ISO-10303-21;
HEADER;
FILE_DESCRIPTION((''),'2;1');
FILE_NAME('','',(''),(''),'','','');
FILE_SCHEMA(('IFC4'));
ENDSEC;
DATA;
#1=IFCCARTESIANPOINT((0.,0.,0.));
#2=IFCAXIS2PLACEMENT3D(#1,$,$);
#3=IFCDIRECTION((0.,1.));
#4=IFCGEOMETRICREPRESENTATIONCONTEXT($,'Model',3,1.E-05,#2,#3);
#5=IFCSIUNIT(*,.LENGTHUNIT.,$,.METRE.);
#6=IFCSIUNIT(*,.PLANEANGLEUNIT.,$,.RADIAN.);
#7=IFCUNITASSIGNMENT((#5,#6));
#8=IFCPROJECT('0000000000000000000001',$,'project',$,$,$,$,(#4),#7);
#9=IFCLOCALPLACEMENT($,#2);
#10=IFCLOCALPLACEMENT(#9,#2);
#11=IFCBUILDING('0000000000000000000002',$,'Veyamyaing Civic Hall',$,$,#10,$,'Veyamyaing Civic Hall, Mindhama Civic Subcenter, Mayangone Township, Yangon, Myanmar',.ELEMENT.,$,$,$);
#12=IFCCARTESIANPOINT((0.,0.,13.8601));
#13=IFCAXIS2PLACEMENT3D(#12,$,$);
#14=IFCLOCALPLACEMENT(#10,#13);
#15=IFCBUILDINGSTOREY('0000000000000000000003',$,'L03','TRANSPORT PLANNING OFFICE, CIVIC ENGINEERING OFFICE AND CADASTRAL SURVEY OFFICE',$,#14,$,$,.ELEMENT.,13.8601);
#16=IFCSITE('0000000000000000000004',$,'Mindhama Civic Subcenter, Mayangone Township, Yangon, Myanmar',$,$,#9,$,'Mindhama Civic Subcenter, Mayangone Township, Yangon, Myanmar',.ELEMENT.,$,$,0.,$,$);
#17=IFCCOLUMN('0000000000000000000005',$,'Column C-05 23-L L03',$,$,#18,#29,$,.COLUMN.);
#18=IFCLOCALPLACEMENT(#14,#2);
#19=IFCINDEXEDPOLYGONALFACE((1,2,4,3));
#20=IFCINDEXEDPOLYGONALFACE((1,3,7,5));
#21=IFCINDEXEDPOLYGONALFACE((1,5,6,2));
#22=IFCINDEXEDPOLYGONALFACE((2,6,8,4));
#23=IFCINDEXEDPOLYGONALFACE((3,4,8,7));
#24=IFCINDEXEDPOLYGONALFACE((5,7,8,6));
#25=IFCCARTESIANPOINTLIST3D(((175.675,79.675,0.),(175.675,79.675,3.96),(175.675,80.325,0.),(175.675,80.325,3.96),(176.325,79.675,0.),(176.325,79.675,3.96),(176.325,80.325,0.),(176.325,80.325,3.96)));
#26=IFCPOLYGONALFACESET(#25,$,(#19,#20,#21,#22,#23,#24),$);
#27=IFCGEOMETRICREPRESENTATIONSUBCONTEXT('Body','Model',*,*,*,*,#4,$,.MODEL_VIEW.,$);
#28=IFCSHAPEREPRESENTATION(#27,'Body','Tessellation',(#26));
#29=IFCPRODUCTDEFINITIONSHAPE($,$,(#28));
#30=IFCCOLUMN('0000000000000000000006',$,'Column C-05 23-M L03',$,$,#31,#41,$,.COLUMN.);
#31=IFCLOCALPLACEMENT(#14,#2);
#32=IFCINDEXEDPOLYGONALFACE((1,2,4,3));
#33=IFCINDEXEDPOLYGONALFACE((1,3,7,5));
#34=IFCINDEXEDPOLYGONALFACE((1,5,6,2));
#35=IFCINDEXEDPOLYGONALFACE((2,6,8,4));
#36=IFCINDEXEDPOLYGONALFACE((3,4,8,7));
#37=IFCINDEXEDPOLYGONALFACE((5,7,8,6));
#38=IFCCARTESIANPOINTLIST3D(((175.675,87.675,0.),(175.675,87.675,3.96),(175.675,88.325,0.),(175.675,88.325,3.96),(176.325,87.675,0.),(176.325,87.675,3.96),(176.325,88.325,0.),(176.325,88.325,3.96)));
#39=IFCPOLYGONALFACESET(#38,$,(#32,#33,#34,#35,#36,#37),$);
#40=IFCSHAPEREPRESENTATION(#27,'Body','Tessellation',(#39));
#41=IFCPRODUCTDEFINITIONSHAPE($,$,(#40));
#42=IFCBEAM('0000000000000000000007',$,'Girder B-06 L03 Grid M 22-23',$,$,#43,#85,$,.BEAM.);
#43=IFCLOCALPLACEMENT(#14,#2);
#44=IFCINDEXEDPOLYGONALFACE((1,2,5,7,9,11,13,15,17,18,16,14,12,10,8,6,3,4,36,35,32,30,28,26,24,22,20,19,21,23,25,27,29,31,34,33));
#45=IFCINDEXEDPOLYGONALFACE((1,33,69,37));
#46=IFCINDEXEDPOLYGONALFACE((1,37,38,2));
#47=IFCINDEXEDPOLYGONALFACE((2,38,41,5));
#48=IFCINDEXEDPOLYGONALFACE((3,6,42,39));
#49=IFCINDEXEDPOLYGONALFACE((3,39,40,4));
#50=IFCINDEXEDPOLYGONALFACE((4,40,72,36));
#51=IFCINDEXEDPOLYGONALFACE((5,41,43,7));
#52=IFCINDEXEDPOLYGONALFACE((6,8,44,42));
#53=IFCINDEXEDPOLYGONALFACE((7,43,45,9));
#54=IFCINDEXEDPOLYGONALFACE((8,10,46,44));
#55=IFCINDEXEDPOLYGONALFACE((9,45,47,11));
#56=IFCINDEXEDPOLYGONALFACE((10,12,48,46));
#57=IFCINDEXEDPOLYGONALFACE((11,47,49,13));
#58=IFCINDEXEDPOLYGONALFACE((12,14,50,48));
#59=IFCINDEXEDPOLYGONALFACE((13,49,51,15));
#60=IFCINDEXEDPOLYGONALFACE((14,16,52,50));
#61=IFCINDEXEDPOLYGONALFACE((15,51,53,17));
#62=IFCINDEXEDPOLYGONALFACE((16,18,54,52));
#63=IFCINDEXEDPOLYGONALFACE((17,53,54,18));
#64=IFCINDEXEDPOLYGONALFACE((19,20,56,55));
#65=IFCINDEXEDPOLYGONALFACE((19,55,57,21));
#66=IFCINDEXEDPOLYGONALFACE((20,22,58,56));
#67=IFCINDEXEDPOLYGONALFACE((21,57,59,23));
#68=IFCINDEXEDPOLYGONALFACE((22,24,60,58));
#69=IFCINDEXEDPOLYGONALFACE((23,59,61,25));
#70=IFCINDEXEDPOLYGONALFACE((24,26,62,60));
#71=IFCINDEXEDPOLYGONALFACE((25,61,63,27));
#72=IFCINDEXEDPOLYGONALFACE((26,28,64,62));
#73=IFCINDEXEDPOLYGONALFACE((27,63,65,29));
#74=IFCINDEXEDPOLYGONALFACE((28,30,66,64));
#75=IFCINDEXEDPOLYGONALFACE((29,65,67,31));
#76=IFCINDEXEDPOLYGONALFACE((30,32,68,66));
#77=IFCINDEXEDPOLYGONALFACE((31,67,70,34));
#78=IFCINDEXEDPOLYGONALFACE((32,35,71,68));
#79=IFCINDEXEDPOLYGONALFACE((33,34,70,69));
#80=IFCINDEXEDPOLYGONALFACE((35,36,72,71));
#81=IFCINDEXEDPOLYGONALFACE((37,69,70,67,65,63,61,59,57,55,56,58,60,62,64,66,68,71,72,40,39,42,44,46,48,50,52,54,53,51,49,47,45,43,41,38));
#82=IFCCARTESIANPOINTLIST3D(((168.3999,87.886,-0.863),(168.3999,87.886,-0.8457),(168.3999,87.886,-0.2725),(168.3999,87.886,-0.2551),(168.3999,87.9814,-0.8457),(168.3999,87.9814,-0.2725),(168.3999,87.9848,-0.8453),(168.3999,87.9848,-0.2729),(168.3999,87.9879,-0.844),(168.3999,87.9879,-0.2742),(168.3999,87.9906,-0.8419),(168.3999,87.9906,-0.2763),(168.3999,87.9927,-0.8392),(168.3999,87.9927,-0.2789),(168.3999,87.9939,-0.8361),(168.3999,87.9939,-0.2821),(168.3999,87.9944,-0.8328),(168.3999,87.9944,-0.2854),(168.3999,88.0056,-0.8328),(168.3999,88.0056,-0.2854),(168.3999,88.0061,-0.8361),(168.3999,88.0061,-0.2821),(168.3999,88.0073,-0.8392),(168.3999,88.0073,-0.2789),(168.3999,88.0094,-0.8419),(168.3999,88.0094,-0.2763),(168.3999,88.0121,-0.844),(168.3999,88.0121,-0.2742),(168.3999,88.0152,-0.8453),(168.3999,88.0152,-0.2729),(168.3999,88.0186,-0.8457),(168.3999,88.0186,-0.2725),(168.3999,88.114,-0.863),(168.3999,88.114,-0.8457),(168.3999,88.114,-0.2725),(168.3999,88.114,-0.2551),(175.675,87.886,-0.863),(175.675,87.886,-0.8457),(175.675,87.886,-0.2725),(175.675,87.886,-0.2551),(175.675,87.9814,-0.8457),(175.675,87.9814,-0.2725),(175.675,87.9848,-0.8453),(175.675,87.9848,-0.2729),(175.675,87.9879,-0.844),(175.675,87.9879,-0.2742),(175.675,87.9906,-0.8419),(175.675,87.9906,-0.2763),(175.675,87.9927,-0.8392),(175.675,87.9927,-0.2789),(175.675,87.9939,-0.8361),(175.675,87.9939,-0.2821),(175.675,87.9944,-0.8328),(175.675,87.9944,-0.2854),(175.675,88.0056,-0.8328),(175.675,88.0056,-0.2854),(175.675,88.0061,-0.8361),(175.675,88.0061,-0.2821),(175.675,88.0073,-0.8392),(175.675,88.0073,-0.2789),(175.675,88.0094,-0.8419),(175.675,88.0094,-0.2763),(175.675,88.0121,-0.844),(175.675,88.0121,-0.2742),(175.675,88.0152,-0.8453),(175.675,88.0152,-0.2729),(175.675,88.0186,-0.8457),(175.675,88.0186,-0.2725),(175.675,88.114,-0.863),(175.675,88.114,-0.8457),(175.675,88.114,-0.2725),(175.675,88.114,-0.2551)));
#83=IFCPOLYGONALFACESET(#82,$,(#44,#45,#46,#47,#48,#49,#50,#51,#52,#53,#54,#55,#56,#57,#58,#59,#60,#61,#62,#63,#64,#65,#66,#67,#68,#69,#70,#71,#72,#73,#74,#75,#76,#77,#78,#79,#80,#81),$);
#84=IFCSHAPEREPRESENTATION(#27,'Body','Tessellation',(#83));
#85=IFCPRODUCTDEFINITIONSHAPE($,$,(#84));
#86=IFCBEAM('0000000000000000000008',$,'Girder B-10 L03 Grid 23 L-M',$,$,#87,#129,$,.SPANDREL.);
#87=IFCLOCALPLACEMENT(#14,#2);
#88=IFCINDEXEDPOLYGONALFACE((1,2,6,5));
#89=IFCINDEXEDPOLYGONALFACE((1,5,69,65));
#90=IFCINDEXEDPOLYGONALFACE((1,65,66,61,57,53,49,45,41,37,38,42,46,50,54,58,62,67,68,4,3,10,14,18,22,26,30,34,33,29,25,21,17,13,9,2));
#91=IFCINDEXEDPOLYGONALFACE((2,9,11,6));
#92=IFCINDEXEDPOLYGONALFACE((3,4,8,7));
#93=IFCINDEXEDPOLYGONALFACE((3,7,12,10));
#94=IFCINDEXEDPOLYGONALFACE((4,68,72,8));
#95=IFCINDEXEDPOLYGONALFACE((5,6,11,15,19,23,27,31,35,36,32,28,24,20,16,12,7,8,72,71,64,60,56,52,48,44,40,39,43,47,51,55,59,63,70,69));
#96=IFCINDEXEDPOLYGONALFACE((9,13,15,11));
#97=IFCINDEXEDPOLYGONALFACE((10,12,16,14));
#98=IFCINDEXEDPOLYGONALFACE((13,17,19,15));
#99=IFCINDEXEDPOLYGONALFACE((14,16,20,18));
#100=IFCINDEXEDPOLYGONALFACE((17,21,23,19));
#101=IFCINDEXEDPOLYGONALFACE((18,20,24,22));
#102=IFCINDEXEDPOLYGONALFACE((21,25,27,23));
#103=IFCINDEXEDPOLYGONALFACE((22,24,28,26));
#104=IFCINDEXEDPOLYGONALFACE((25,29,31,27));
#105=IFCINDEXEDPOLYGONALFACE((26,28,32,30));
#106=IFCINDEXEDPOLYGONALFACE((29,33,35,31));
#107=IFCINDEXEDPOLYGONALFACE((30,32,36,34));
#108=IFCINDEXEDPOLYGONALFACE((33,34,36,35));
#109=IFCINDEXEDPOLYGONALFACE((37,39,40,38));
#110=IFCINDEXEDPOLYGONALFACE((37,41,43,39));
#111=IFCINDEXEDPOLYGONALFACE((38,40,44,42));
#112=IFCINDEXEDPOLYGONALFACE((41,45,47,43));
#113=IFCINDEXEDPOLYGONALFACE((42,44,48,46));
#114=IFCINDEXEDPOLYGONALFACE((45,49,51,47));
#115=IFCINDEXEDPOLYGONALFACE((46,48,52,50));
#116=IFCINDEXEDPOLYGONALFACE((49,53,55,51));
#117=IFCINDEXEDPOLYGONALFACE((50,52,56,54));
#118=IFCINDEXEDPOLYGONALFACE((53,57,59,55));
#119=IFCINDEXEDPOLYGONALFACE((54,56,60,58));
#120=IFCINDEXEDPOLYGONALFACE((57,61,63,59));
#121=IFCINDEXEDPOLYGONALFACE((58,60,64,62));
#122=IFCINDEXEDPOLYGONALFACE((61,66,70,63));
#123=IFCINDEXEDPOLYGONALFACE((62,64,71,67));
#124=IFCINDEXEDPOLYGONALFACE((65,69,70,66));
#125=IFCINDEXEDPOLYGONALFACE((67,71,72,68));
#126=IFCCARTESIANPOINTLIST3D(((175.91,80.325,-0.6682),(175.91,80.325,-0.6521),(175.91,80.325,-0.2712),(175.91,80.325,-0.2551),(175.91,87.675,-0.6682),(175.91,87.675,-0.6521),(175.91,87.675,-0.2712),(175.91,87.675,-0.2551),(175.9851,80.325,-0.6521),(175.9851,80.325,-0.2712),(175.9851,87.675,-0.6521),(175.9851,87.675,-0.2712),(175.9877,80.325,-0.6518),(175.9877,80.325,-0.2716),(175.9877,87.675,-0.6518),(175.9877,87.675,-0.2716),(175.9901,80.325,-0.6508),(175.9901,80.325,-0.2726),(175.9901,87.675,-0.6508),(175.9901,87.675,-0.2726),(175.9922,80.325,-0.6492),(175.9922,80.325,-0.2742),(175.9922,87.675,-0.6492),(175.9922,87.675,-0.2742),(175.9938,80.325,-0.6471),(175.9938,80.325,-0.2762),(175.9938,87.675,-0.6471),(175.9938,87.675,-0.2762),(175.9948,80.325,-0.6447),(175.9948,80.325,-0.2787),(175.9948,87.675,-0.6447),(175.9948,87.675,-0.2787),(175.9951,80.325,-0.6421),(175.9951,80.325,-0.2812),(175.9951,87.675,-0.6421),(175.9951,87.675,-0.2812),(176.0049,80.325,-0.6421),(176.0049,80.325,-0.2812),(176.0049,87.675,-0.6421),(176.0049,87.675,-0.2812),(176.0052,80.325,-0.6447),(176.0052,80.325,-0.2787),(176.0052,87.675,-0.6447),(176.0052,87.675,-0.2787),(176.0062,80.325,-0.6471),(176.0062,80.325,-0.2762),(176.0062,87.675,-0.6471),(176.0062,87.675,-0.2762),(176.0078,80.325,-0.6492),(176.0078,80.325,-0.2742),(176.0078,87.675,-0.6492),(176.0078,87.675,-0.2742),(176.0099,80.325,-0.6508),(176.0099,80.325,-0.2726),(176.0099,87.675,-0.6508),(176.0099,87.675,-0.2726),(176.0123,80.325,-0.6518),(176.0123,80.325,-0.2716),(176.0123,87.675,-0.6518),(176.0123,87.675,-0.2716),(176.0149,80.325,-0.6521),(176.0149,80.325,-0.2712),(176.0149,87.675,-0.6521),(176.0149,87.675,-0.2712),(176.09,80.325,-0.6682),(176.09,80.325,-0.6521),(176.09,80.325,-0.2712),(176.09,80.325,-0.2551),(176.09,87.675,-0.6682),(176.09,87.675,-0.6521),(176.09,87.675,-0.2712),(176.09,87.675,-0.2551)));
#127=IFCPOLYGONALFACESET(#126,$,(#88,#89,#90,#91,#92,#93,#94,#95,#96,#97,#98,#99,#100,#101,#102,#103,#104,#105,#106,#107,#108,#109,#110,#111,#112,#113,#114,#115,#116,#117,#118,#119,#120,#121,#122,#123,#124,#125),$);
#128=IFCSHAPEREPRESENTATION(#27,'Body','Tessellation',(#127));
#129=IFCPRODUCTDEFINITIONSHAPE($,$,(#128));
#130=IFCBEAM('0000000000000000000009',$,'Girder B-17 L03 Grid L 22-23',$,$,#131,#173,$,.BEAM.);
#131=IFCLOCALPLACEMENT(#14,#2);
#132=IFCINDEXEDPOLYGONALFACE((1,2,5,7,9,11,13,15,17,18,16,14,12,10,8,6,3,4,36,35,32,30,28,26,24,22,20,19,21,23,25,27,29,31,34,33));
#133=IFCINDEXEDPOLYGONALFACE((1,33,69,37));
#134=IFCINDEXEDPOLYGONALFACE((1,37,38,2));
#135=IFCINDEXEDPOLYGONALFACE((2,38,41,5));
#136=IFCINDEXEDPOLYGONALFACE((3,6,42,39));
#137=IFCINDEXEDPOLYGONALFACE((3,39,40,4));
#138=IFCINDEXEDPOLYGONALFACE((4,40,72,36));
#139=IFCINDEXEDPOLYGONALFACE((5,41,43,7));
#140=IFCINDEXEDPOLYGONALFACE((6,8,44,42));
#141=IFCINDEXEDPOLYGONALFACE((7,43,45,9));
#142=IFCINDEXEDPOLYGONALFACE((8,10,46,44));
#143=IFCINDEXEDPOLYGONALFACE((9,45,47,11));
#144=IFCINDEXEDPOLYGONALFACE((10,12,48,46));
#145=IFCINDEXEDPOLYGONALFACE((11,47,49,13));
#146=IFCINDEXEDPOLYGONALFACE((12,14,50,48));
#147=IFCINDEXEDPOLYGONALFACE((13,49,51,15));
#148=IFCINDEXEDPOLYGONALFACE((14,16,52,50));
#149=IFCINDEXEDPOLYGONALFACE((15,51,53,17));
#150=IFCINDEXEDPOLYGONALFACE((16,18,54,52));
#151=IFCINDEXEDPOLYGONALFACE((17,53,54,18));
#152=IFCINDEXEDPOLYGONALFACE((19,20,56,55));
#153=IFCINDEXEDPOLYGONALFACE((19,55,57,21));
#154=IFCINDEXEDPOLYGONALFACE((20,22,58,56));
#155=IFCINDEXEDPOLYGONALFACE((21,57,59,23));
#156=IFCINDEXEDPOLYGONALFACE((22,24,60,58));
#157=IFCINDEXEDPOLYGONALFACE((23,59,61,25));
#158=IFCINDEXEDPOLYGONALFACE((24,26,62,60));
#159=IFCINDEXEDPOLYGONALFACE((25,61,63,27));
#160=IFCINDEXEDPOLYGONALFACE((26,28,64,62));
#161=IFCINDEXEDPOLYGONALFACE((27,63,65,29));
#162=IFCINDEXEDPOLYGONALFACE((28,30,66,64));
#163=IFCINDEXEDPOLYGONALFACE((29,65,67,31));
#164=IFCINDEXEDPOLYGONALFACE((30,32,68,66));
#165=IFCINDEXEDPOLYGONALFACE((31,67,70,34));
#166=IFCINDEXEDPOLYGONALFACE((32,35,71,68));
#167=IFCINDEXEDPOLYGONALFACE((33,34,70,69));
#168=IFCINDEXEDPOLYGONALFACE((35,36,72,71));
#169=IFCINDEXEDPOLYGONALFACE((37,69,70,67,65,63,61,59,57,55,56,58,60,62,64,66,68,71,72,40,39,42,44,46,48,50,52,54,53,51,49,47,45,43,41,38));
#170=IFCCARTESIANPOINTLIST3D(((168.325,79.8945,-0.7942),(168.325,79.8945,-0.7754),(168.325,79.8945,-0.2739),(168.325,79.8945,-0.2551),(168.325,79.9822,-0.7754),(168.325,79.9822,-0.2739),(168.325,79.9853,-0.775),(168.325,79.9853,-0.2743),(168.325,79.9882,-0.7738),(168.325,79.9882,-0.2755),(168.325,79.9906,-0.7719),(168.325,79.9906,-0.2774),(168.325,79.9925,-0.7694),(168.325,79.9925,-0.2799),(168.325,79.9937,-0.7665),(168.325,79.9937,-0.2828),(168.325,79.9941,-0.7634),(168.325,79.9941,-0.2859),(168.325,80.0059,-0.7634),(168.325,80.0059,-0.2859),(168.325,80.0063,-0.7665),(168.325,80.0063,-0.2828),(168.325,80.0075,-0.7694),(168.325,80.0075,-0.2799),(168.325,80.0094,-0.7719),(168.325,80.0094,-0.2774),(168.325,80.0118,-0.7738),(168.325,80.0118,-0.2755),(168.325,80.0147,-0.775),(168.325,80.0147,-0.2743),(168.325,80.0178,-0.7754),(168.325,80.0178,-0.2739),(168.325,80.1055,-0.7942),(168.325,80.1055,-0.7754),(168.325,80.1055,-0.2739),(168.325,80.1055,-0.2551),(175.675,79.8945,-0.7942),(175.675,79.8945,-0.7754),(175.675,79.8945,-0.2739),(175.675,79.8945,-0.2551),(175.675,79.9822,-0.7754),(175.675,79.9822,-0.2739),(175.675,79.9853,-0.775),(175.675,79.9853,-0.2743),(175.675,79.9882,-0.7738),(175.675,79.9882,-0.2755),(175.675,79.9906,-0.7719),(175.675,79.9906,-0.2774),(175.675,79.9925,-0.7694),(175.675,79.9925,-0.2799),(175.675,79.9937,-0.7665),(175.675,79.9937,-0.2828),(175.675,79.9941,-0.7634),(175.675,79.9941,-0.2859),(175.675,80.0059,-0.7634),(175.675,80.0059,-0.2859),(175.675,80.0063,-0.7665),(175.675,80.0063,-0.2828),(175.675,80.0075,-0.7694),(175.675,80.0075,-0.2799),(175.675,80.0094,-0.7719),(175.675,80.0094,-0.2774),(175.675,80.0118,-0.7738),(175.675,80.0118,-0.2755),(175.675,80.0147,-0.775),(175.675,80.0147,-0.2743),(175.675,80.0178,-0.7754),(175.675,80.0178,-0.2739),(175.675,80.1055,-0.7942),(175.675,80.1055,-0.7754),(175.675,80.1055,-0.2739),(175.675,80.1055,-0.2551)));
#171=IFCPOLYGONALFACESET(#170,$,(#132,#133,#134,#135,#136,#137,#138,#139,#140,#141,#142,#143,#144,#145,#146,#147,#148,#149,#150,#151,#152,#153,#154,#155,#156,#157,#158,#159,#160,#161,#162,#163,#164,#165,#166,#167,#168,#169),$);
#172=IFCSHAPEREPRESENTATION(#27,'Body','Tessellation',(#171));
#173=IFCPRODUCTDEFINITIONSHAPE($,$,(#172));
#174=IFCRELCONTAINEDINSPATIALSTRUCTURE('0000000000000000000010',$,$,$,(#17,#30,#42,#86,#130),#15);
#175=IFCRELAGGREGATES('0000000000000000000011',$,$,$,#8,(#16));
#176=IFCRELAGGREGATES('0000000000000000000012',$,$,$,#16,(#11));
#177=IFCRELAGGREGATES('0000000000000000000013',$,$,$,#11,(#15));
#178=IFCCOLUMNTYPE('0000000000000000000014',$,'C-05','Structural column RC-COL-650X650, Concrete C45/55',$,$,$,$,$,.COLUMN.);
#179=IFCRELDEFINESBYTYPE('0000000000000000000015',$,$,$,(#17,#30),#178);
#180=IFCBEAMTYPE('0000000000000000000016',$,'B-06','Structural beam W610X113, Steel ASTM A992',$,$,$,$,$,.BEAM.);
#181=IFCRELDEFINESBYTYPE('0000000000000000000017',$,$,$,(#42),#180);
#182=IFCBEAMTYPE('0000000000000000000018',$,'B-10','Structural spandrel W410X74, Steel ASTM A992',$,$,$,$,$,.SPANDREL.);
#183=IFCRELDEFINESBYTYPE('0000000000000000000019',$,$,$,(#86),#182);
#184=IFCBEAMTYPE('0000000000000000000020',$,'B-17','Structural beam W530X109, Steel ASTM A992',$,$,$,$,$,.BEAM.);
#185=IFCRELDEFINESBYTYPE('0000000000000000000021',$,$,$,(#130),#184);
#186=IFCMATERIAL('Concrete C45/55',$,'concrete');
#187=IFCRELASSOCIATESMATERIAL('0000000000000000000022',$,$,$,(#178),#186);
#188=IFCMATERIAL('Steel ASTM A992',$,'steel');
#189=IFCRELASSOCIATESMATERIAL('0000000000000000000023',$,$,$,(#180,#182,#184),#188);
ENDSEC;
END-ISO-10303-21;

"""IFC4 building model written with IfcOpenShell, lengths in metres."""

from ifc_helpers import new_model, si_unit, direction, frame, origin, origin_2d, place, context, subcontext, project, spatial, rectangle, i_section, extrude, material, material_profile, profile_set, type_object, element, save


model = new_model("IFC4")

# Units and contexts
model_context = context("Model", 3, precision=1e-05, world=origin(), true_north=direction((0.0, 1.0)))
body_context = subcontext(model_context, "Body", "Model", "MODEL_VIEW")
ifc_project = project(units=[si_unit("LENGTHUNIT", "METRE"), si_unit("PLANEANGLEUNIT", "RADIAN")], contexts=[model_context])

# Site, building, storey
site_placement = place(None, origin())
site = spatial("IfcSite", under=ifc_project, at=site_placement, Name="Mindhama Civic Subcenter, Mayangone Township, Yangon, Myanmar", LongName="Mindhama Civic Subcenter, Mayangone Township, Yangon, Myanmar", CompositionType="ELEMENT", RefElevation=0.0)
building_placement = place(site_placement, origin())
building = spatial("IfcBuilding", under=site, at=building_placement, Name="Veyamyaing Civic Hall", LongName="Veyamyaing Civic Hall, Mindhama Civic Subcenter, Mayangone Township, Yangon, Myanmar", CompositionType="ELEMENT")
storey_placement = place(building_placement, frame((0.0, 0.0, 13.8601)))
storey = spatial("IfcBuildingStorey", under=building, at=storey_placement, Name="L03", Description="TRANSPORT PLANNING OFFICE, CIVIC ENGINEERING OFFICE AND CADASTRAL SURVEY OFFICE", CompositionType="ELEMENT", Elevation=13.8601)

# Columns
ifc_material_1 = material(Name="Concrete C45/55", Category="concrete")
ifc_material_profile_1 = material_profile(ifc_material_1, rectangle(XDim=0.6499, YDim=0.6499, at=origin_2d()), Name="RC-COL-650X650")
ifc_profile_set_1 = profile_set([ifc_material_profile_1], Name="Concrete C45/55")
column_type = type_object("IfcColumnType", Name="C-05", Description="Structural column RC-COL-650X650, Concrete C45/55", PredefinedType="COLUMN", material=ifc_profile_set_1)
for number, where, z_axis, x_axis, name in (
    (1, (176.0, 80.0, 0.0), (0.0, 0.0, 1.0), (1.0, 0.0, 0.0), "Column C-05 23-L L03"),
    (2, (176.0, 88.0, 0.0), (0.0, 0.0, 1.0), (1.0, 0.0, 0.0), "Column C-05 23-M L03"),
):
    element("IfcColumn", number, at=place(storey_placement, frame(where, z_axis=z_axis, x_axis=x_axis)), inside=storey, type_object=column_type, Name=name, PredefinedType="COLUMN", context=body_context, shape_type="SweptSolid", body=[
        extrude(rectangle(XDim=0.6499, YDim=0.6499, at=origin_2d()), origin(), (0.0, 0.0, 1.0), 3.96),
    ])

# Beams
ifc_material_2 = material(Name="Steel ASTM A992", Category="steel")
ifc_material_profile_2 = material_profile(ifc_material_2, i_section(OverallWidth=0.228, OverallDepth=0.6079, WebThickness=0.0112, FlangeThickness=0.0173, FilletRadius=0.0129, at=origin_2d()), Name="W610X113")
ifc_profile_set_2 = profile_set([ifc_material_profile_2], Name="Steel ASTM A992")
beam_type_1 = type_object("IfcBeamType", Name="B-06", Description="Structural beam W610X113, Steel ASTM A992", PredefinedType="BEAM", material=ifc_profile_set_2)
beam_1_placement = place(storey_placement, frame((168.3999, 88.0, -0.5591), z_axis=(1.0, 0.0, 0.0), x_axis=(0.0, 1.0, 0.0)))
element("IfcBeam", 3, at=beam_1_placement, inside=storey, type_object=beam_type_1, Name="Girder B-06 L03 Grid M 22-23", PredefinedType="BEAM", context=body_context, shape_type="SweptSolid", body=[
    extrude(i_section(OverallWidth=0.228, OverallDepth=0.6079, WebThickness=0.0112, FlangeThickness=0.0173, FilletRadius=0.0129, at=origin_2d()), origin(), (0.0, 0.0, 1.0), 7.2751),
])
ifc_material_profile_3 = material_profile(ifc_material_2, i_section(OverallWidth=0.1799, OverallDepth=0.4131, WebThickness=0.0098, FlangeThickness=0.0161, FilletRadius=0.01, at=origin_2d()), Name="W410X74")
ifc_profile_set_3 = profile_set([ifc_material_profile_3], Name="Steel ASTM A992")
beam_type_2 = type_object("IfcBeamType", Name="B-10", Description="Structural spandrel W410X74, Steel ASTM A992", PredefinedType="SPANDREL", material=ifc_profile_set_3)
beam_2_placement = place(storey_placement, frame((176.0, 80.325, -0.4617), z_axis=(0.0, 1.0, 0.0), x_axis=(-1.0, 0.0, 0.0)))
element("IfcBeam", 4, at=beam_2_placement, inside=storey, type_object=beam_type_2, Name="Girder B-10 L03 Grid 23 L-M", PredefinedType="SPANDREL", context=body_context, shape_type="SweptSolid", body=[
    extrude(i_section(OverallWidth=0.1799, OverallDepth=0.4131, WebThickness=0.0098, FlangeThickness=0.0161, FilletRadius=0.01, at=origin_2d()), origin(), (0.0, 0.0, 1.0), 7.3501),
])
ifc_material_profile_4 = material_profile(ifc_material_2, i_section(OverallWidth=0.2109, OverallDepth=0.5391, WebThickness=0.0117, FlangeThickness=0.0188, FilletRadius=0.012, at=origin_2d()), Name="W530X109")
ifc_profile_set_4 = profile_set([ifc_material_profile_4], Name="Steel ASTM A992")
beam_type_3 = type_object("IfcBeamType", Name="B-17", Description="Structural beam W530X109, Steel ASTM A992", PredefinedType="BEAM", material=ifc_profile_set_4)
beam_3_placement = place(storey_placement, frame((168.325, 80.0, -0.5247), z_axis=(1.0, 0.0, 0.0), x_axis=(0.0, 1.0, 0.0)))
element("IfcBeam", 5, at=beam_3_placement, inside=storey, type_object=beam_type_3, Name="Girder B-17 L03 Grid L 22-23", PredefinedType="BEAM", context=body_context, shape_type="SweptSolid", body=[
    extrude(i_section(OverallWidth=0.2109, OverallDepth=0.5391, WebThickness=0.0117, FlangeThickness=0.0188, FilletRadius=0.012, at=origin_2d()), origin(), (0.0, 0.0, 1.0), 7.3501),
])

save(model, "model.ifc")
